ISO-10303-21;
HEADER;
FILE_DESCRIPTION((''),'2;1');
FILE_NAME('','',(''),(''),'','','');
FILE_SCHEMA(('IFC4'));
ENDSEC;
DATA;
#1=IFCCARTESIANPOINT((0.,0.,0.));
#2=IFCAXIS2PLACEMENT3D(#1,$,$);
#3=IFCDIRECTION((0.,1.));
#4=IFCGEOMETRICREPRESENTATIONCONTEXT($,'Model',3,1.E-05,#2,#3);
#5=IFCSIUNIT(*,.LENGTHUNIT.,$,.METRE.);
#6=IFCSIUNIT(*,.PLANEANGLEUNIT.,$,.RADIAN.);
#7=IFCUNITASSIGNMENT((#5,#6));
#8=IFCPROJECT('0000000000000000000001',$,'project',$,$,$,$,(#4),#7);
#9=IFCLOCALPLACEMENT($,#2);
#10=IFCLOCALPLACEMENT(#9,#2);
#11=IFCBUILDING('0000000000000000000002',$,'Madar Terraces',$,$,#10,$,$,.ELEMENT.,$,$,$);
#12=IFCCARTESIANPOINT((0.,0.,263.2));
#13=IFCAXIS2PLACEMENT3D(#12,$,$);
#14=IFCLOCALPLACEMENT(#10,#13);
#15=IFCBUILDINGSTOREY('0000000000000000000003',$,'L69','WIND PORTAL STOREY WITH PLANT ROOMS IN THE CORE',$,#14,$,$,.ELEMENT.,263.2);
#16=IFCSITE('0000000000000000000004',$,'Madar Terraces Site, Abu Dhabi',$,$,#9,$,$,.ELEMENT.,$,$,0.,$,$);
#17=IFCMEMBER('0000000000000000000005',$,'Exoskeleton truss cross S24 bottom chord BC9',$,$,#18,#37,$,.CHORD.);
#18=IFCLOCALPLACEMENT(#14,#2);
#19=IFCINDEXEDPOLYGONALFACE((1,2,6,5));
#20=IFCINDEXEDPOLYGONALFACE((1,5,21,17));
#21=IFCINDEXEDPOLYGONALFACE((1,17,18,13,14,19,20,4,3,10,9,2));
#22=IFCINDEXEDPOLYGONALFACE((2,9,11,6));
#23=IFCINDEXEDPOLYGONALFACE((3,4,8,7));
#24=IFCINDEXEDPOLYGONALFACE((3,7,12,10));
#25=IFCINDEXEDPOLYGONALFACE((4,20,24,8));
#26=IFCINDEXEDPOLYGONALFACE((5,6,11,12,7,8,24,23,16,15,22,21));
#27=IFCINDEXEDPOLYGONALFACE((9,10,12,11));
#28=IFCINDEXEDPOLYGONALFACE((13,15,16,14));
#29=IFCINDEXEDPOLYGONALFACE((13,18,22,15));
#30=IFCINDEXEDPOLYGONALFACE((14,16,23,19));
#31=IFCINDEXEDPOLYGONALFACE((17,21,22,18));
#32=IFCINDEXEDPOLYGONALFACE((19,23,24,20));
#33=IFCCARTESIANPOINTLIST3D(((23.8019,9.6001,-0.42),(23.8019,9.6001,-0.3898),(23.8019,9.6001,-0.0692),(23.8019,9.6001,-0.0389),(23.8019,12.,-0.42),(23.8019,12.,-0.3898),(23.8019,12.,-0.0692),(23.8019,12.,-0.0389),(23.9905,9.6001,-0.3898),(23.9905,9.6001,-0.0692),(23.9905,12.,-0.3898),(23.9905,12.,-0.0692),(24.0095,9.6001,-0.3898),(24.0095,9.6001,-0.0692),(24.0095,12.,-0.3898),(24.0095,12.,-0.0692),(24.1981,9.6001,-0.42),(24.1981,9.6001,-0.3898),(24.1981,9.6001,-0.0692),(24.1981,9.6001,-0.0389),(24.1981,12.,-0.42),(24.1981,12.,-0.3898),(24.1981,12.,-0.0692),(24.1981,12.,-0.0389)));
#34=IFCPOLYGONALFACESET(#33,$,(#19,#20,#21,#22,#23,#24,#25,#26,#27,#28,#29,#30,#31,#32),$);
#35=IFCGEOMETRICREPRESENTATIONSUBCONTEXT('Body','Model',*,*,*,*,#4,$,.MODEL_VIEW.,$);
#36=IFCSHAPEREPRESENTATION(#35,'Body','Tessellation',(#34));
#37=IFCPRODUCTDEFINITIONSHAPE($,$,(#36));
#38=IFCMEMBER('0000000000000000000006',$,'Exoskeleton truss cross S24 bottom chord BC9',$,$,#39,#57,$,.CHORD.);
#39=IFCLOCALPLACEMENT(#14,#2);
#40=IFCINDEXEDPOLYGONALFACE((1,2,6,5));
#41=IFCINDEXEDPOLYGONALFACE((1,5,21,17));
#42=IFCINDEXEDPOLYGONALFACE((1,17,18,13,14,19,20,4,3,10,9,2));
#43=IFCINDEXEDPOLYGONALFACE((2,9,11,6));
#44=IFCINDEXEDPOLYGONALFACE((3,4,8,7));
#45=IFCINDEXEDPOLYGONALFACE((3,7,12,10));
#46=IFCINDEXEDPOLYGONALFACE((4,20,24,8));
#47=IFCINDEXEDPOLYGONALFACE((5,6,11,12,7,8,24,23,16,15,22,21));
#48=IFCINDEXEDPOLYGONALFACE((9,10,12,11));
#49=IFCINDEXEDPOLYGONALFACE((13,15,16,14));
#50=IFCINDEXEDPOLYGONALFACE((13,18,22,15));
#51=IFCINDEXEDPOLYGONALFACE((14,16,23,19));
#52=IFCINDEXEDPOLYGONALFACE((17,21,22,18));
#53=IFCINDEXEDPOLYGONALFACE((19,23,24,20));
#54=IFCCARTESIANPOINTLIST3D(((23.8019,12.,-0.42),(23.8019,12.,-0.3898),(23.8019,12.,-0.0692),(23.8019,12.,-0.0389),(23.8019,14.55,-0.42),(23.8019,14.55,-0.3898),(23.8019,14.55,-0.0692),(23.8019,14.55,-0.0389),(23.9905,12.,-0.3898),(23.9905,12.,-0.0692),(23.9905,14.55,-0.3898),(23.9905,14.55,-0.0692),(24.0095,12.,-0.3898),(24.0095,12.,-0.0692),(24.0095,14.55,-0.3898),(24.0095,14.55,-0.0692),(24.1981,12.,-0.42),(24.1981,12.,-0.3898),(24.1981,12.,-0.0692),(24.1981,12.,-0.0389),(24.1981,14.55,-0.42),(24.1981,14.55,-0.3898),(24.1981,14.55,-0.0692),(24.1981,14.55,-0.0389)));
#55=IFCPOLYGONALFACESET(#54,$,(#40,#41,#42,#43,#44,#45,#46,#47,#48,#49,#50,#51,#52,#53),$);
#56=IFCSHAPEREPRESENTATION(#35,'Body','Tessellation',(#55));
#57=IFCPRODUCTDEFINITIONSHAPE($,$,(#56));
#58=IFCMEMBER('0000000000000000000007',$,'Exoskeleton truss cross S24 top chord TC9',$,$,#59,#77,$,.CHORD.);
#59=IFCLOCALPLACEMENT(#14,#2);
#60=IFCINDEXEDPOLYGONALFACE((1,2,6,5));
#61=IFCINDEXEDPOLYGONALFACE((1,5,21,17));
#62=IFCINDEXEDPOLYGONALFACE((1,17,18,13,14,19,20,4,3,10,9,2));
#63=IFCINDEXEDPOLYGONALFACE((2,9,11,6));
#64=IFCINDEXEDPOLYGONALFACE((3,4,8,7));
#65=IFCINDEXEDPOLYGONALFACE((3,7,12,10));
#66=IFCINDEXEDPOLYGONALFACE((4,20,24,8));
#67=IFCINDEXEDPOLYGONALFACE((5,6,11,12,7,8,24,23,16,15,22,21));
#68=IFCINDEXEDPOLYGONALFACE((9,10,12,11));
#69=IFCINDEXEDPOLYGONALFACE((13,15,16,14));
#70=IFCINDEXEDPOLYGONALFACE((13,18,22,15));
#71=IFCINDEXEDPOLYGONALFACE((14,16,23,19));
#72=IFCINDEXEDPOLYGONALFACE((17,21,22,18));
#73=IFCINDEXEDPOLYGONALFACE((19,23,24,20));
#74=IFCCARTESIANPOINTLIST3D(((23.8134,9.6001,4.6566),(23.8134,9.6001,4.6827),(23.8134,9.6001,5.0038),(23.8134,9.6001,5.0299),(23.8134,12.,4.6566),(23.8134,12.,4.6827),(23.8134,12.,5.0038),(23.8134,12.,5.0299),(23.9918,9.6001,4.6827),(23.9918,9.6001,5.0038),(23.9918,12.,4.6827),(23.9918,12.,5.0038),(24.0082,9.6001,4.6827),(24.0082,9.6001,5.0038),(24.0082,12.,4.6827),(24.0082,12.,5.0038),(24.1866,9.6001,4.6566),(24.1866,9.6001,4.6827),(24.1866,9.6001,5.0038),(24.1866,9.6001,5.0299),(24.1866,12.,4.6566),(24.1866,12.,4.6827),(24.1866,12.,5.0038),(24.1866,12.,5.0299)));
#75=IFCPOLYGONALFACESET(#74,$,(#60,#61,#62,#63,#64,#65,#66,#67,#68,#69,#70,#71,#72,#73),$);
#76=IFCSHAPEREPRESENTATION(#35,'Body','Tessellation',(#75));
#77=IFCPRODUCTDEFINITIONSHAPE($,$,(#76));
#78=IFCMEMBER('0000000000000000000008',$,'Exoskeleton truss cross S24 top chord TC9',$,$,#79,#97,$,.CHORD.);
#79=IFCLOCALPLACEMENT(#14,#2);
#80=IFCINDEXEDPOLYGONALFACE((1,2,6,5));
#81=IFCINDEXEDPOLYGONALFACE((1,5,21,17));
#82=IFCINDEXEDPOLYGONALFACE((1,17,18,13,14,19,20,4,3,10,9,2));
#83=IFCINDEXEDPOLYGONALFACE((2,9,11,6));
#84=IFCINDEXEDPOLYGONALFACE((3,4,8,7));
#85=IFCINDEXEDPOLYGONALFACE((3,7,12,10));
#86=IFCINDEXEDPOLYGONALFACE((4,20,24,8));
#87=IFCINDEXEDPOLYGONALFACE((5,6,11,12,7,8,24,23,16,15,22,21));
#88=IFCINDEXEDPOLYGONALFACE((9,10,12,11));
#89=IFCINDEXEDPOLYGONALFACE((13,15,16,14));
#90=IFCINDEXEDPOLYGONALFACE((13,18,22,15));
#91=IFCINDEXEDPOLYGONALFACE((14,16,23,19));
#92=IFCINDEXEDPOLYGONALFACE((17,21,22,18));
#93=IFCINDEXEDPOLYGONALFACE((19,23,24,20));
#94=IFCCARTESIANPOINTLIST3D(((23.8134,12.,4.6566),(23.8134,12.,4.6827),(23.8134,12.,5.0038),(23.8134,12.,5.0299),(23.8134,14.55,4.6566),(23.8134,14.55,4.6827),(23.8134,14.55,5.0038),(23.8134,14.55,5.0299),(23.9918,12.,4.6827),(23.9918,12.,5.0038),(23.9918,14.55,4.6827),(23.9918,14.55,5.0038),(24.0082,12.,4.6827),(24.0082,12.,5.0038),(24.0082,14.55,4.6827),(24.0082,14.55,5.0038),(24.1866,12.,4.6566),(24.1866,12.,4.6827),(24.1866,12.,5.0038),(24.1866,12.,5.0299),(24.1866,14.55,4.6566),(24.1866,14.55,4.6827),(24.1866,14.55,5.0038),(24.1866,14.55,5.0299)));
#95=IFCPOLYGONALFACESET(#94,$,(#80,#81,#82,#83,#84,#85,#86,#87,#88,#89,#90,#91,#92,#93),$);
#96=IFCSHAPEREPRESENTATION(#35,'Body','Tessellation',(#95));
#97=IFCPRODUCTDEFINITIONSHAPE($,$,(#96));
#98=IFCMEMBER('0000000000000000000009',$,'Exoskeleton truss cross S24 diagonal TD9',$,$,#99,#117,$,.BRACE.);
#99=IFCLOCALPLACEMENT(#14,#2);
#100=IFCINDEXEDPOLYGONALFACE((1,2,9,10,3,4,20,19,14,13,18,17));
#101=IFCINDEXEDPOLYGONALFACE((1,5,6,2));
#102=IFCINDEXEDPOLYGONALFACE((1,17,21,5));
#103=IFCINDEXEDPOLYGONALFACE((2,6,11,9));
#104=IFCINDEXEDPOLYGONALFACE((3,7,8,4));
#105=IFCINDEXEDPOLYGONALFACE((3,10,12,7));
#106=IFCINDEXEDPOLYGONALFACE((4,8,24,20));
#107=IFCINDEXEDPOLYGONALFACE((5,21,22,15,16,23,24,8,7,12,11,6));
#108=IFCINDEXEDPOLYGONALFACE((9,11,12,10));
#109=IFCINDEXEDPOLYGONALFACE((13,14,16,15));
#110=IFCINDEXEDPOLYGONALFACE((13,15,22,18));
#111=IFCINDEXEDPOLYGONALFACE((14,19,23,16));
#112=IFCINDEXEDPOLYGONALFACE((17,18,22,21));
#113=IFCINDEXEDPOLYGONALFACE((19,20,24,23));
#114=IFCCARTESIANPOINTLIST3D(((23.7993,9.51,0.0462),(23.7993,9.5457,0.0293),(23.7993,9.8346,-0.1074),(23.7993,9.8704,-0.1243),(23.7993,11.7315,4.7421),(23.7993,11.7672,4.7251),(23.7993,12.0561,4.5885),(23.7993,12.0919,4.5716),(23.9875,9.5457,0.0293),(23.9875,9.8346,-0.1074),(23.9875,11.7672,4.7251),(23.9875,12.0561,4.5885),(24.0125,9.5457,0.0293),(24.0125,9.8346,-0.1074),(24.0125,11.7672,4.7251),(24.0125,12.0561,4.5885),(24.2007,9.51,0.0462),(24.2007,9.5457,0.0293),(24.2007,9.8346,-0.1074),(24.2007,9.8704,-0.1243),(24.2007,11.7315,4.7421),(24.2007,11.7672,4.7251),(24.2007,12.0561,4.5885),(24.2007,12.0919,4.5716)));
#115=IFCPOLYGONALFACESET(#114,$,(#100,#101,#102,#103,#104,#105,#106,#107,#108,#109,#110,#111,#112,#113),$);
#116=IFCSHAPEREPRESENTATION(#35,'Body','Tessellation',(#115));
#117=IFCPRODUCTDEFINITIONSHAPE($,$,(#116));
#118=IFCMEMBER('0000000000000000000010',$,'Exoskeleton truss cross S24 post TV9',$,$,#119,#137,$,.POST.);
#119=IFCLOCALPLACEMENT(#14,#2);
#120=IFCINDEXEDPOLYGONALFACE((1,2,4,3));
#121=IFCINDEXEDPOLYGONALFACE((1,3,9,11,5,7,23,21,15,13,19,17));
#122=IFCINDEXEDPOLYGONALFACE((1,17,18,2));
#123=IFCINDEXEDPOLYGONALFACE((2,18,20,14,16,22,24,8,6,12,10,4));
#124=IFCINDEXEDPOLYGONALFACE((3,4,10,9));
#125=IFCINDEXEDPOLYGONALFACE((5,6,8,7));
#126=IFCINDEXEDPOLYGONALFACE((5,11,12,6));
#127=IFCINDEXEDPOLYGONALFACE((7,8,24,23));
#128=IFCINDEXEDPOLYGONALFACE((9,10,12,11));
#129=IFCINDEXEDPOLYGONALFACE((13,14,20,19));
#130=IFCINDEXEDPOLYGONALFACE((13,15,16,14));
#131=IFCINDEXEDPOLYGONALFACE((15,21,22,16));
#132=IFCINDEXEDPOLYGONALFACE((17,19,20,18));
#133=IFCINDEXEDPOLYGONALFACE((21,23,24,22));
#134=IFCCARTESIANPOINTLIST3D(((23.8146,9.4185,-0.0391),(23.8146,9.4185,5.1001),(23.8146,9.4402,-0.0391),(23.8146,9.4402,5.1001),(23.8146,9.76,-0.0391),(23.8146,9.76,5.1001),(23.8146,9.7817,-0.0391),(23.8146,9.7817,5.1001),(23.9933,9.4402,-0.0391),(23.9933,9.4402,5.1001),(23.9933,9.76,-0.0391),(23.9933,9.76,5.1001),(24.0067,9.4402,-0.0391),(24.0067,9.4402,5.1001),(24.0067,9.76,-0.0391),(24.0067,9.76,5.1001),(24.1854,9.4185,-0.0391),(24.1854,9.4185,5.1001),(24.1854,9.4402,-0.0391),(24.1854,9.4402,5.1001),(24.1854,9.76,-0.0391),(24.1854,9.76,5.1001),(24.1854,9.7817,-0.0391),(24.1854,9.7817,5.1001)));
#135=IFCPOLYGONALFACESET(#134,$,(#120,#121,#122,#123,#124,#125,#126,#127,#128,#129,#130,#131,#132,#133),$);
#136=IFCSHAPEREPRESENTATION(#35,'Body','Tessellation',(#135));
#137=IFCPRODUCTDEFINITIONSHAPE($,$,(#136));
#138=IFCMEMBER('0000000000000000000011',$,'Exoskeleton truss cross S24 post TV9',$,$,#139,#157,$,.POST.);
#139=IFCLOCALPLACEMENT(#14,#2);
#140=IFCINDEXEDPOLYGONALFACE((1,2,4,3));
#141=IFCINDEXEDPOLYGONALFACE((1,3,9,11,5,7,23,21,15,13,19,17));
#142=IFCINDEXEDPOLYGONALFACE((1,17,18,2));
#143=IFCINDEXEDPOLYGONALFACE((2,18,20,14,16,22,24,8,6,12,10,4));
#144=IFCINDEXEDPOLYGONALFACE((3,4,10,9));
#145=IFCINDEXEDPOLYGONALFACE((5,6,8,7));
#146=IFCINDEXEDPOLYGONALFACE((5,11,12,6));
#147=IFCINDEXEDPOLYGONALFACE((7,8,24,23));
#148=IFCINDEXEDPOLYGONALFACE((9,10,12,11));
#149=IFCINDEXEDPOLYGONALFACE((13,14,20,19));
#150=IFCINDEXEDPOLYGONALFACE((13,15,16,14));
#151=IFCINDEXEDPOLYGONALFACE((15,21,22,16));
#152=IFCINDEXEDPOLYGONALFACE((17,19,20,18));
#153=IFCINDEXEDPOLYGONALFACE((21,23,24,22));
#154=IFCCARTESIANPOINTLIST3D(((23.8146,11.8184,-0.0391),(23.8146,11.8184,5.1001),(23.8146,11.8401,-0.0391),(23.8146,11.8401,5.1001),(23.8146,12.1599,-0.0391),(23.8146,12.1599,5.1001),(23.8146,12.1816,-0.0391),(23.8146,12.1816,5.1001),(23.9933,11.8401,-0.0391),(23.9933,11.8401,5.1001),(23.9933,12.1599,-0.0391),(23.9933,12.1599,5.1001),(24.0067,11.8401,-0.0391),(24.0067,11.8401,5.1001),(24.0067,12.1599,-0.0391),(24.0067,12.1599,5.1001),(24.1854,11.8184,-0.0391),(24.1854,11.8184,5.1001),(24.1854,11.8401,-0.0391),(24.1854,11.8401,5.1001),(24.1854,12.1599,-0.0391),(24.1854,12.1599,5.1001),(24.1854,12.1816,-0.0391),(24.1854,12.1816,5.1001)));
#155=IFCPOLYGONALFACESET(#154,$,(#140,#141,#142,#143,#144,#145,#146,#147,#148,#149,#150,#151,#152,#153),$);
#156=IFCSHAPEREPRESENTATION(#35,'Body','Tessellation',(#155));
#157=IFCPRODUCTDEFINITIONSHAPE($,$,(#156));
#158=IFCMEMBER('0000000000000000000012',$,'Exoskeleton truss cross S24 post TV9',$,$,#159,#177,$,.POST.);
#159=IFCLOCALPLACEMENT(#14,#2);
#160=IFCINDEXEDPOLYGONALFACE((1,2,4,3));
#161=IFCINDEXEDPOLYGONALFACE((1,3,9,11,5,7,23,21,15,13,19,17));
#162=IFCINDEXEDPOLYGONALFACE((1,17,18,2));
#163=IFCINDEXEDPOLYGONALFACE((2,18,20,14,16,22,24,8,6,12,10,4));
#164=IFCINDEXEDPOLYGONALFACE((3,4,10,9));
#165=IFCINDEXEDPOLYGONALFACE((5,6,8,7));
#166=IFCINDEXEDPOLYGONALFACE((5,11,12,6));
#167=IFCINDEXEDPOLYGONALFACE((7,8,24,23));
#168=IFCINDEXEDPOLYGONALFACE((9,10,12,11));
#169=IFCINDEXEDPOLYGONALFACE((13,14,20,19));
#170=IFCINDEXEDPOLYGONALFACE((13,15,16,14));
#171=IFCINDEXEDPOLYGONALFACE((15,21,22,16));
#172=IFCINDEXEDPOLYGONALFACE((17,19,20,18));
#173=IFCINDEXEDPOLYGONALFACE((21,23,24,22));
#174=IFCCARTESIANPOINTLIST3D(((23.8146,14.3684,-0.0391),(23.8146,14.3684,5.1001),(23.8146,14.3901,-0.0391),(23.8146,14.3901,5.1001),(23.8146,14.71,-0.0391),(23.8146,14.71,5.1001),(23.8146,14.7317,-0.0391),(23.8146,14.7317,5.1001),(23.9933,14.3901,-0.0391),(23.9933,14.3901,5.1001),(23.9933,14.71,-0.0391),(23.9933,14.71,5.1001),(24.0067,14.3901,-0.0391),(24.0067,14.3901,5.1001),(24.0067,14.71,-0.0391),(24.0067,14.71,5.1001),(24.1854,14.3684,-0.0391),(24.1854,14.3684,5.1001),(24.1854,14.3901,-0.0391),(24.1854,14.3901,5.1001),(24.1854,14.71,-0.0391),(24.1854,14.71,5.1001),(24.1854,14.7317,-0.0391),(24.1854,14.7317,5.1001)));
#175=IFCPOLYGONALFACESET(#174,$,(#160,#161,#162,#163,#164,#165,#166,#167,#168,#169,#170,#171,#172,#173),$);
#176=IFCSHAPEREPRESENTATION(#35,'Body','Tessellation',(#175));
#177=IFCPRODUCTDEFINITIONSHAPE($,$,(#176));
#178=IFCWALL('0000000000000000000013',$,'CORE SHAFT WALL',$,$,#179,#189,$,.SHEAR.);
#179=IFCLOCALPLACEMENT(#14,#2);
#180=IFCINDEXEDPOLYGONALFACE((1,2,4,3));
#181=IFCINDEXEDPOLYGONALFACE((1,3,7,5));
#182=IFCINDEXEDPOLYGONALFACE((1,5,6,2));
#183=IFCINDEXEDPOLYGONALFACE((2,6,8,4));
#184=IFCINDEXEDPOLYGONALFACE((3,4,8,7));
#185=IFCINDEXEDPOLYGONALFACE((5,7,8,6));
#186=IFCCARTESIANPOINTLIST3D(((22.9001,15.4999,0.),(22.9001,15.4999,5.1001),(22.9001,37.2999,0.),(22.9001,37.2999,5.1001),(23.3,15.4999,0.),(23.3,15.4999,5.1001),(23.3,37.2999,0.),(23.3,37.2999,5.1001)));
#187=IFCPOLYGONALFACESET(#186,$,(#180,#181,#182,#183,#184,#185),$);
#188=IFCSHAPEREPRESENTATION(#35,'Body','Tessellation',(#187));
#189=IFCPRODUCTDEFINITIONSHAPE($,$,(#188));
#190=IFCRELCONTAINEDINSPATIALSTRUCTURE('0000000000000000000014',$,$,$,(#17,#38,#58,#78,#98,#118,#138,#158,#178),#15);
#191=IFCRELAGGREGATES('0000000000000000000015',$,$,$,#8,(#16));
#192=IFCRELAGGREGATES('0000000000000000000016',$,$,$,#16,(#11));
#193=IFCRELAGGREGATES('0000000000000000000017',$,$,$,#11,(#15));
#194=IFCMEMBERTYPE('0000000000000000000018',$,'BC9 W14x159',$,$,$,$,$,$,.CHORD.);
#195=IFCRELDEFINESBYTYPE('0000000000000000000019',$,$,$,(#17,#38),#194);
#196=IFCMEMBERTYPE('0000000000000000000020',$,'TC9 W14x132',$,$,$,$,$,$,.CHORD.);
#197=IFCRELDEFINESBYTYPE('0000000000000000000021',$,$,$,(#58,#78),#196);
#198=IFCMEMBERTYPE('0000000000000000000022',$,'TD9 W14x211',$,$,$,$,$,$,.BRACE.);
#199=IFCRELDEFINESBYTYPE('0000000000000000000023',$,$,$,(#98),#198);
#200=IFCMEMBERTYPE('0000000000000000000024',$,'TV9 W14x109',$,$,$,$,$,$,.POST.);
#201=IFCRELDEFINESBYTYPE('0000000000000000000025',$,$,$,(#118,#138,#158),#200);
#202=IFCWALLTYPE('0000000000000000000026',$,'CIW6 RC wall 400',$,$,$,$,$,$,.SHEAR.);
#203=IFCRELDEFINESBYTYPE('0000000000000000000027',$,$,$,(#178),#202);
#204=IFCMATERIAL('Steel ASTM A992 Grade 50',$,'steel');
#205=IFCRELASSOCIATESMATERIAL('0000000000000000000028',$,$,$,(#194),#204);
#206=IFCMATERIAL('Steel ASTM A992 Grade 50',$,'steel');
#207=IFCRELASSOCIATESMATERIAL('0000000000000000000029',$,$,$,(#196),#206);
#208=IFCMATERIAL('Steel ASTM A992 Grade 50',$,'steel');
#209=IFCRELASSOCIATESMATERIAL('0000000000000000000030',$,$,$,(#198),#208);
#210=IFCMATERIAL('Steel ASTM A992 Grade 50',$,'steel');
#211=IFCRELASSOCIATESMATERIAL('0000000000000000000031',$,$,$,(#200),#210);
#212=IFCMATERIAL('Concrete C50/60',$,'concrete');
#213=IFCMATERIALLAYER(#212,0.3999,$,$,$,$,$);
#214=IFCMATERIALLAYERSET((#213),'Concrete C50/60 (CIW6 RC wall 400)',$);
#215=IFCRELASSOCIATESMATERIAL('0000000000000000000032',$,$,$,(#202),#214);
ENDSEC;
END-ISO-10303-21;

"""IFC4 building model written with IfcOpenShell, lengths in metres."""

from ifc_helpers import new_model, si_unit, direction, frame, frame_2d, origin, origin_2d, place, context, subcontext, project, spatial, rectangle, i_section, extrude, material, layer, layer_set, material_profile, profile_set, type_object, element, save


model = new_model("IFC4")

# Units and contexts
model_context = context("Model", 3, precision=1e-05, world=origin(), true_north=direction((0.0, 1.0)))
body_context = subcontext(model_context, "Body", "Model", "MODEL_VIEW")
ifc_project = project(units=[si_unit("LENGTHUNIT", "METRE"), si_unit("PLANEANGLEUNIT", "RADIAN")], contexts=[model_context])

# Site, building, storey
site_placement = place(None, origin())
site = spatial("IfcSite", under=ifc_project, at=site_placement, Name="Madar Terraces Site, Abu Dhabi", CompositionType="ELEMENT", RefElevation=0.0)
building_placement = place(site_placement, origin())
building = spatial("IfcBuilding", under=site, at=building_placement, Name="Madar Terraces", CompositionType="ELEMENT")
storey_placement = place(building_placement, frame((0.0, 0.0, 263.2)))
storey = spatial("IfcBuildingStorey", under=building, at=storey_placement, Name="L69", Description="WIND PORTAL STOREY WITH PLANT ROOMS IN THE CORE", CompositionType="ELEMENT", Elevation=263.2)

# Members
ifc_material_1 = material(Name="Steel ASTM A992 Grade 50", Category="steel")
ifc_material_profile_1 = material_profile(ifc_material_1, i_section(OverallWidth=0.3962, OverallDepth=0.3811, WebThickness=0.019, FlangeThickness=0.0303, at=origin_2d()), Name="W14x159")
ifc_profile_set_1 = profile_set([ifc_material_profile_1], Name="Steel ASTM A992 Grade 50")
member_type_1 = type_object("IfcMemberType", Name="BC9 W14x159", PredefinedType="CHORD", material=ifc_profile_set_1)
member_1_placement = place(storey_placement, frame((24.0, 9.6001, -0.2295), z_axis=(0.0, 1.0, 0.0), x_axis=(-1.0, 0.0, 0.0)))
element("IfcMember", 1, at=member_1_placement, inside=storey, type_object=member_type_1, Name="Exoskeleton truss cross S24 bottom chord BC9", PredefinedType="CHORD", context=body_context, shape_type="SweptSolid", body=[
    extrude(i_section(OverallWidth=0.3962, OverallDepth=0.3811, WebThickness=0.019, FlangeThickness=0.0303, at=origin_2d()), origin(), (0.0, 0.0, 1.0), 2.3999),
])
member_2_placement = place(storey_placement, frame((24.0, 12.0, -0.2295), z_axis=(0.0, 1.0, 0.0), x_axis=(-1.0, 0.0, 0.0)))
element("IfcMember", 2, at=member_2_placement, inside=storey, type_object=member_type_1, Name="Exoskeleton truss cross S24 bottom chord BC9", PredefinedType="CHORD", context=body_context, shape_type="SweptSolid", body=[
    extrude(i_section(OverallWidth=0.3962, OverallDepth=0.3811, WebThickness=0.019, FlangeThickness=0.0303, at=origin_2d()), origin(), (0.0, 0.0, 1.0), 2.55),
])
ifc_material_2 = material(Name="Steel ASTM A992 Grade 50", Category="steel")
ifc_material_profile_2 = material_profile(ifc_material_2, i_section(OverallWidth=0.3733, OverallDepth=0.3733, WebThickness=0.0164, FlangeThickness=0.0261, at=origin_2d()), Name="W14x132")
ifc_profile_set_2 = profile_set([ifc_material_profile_2], Name="Steel ASTM A992 Grade 50")
member_type_2 = type_object("IfcMemberType", Name="TC9 W14x132", PredefinedType="CHORD", material=ifc_profile_set_2)
member_3_placement = place(storey_placement, frame((24.0, 9.6001, 4.8433), z_axis=(0.0, 1.0, 0.0), x_axis=(-1.0, 0.0, 0.0)))
element("IfcMember", 3, at=member_3_placement, inside=storey, type_object=member_type_2, Name="Exoskeleton truss cross S24 top chord TC9", PredefinedType="CHORD", context=body_context, shape_type="SweptSolid", body=[
    extrude(i_section(OverallWidth=0.3733, OverallDepth=0.3733, WebThickness=0.0164, FlangeThickness=0.0261, at=origin_2d()), origin(), (0.0, 0.0, 1.0), 2.3999),
])
member_4_placement = place(storey_placement, frame((24.0, 12.0, 4.8433), z_axis=(0.0, 1.0, 0.0), x_axis=(-1.0, 0.0, 0.0)))
element("IfcMember", 4, at=member_4_placement, inside=storey, type_object=member_type_2, Name="Exoskeleton truss cross S24 top chord TC9", PredefinedType="CHORD", context=body_context, shape_type="SweptSolid", body=[
    extrude(i_section(OverallWidth=0.3733, OverallDepth=0.3733, WebThickness=0.0164, FlangeThickness=0.0261, at=origin_2d()), origin(), (0.0, 0.0, 1.0), 2.55),
])
ifc_material_3 = material(Name="Steel ASTM A992 Grade 50", Category="steel")
ifc_material_profile_3 = material_profile(ifc_material_3, i_section(OverallWidth=0.4014, OverallDepth=0.3987, WebThickness=0.0249, FlangeThickness=0.0396, at=origin_2d()), Name="W14x211")
ifc_profile_set_3 = profile_set([ifc_material_profile_3], Name="Steel ASTM A992 Grade 50")
member_type_3 = type_object("IfcMemberType", Name="TD9 W14x211", PredefinedType="BRACE", material=ifc_profile_set_3)
member_5_placement = place(storey_placement, frame((24.0, 9.6902, -0.0391), z_axis=(0.0, 0.427632, 0.903953), x_axis=(-1.0, 0.0, 0.0)))
element("IfcMember", 5, at=member_5_placement, inside=storey, type_object=member_type_3, Name="Exoskeleton truss cross S24 diagonal TD9", PredefinedType="BRACE", context=body_context, shape_type="SweptSolid", body=[
    extrude(i_section(OverallWidth=0.4014, OverallDepth=0.3987, WebThickness=0.0249, FlangeThickness=0.0396, at=origin_2d()), origin(), (0.0, 0.0, 1.0), 5.1948),
])
ifc_material_4 = material(Name="Steel ASTM A992 Grade 50", Category="steel")
ifc_material_profile_4 = material_profile(ifc_material_4, i_section(OverallWidth=0.3708, OverallDepth=0.3633, WebThickness=0.0134, FlangeThickness=0.0217, at=origin_2d()), Name="W14x109")
ifc_profile_set_4 = profile_set([ifc_material_profile_4], Name="Steel ASTM A992 Grade 50")
member_type_4 = type_object("IfcMemberType", Name="TV9 W14x109", PredefinedType="POST", material=ifc_profile_set_4)
for number, where, z_axis, x_axis, name in (
    (6, (24.0, 9.6001, -0.0391), (0.0, 0.0, 1.0), (-1.0, 0.0, 0.0), "Exoskeleton truss cross S24 post TV9"),
    (7, (24.0, 12.0, -0.0391), (0.0, 0.0, 1.0), (-1.0, 0.0, 0.0), "Exoskeleton truss cross S24 post TV9"),
    (8, (24.0, 14.55, -0.0391), (0.0, 0.0, 1.0), (-1.0, 0.0, 0.0), "Exoskeleton truss cross S24 post TV9"),
):
    element("IfcMember", number, at=place(storey_placement, frame(where, z_axis=z_axis, x_axis=x_axis)), inside=storey, type_object=member_type_4, Name=name, PredefinedType="POST", context=body_context, shape_type="SweptSolid", body=[
        extrude(i_section(OverallWidth=0.3708, OverallDepth=0.3633, WebThickness=0.0134, FlangeThickness=0.0217, at=origin_2d()), origin(), (0.0, 0.0, 1.0), 5.1392),
    ])

# Wall
ifc_material_5 = material(Name="Concrete C50/60", Category="concrete")
ifc_layer = layer(ifc_material_5, 0.3999)
ifc_layer_set = layer_set([ifc_layer], Name="Concrete C50/60 (CIW6 RC wall 400)")
wall_type = type_object("IfcWallType", Name="CIW6 RC wall 400", PredefinedType="SHEAR", material=ifc_layer_set)
wall_1_placement = place(storey_placement, frame((23.1001, 15.5, 0.0), z_axis=(0.0, 0.0, 1.0), x_axis=(0.0, 1.0, 0.0)))
element("IfcWall", 9, at=wall_1_placement, inside=storey, type_object=wall_type, Name="CORE SHAFT WALL", PredefinedType="SHEAR", context=body_context, shape_type="SweptSolid", body=[
    extrude(rectangle(XDim=21.8, YDim=0.3999, at=frame_2d((10.8999, 0.0))), origin(), (0.0, 0.0, 1.0), 5.1001),
])

save(model, "model.ifc")
